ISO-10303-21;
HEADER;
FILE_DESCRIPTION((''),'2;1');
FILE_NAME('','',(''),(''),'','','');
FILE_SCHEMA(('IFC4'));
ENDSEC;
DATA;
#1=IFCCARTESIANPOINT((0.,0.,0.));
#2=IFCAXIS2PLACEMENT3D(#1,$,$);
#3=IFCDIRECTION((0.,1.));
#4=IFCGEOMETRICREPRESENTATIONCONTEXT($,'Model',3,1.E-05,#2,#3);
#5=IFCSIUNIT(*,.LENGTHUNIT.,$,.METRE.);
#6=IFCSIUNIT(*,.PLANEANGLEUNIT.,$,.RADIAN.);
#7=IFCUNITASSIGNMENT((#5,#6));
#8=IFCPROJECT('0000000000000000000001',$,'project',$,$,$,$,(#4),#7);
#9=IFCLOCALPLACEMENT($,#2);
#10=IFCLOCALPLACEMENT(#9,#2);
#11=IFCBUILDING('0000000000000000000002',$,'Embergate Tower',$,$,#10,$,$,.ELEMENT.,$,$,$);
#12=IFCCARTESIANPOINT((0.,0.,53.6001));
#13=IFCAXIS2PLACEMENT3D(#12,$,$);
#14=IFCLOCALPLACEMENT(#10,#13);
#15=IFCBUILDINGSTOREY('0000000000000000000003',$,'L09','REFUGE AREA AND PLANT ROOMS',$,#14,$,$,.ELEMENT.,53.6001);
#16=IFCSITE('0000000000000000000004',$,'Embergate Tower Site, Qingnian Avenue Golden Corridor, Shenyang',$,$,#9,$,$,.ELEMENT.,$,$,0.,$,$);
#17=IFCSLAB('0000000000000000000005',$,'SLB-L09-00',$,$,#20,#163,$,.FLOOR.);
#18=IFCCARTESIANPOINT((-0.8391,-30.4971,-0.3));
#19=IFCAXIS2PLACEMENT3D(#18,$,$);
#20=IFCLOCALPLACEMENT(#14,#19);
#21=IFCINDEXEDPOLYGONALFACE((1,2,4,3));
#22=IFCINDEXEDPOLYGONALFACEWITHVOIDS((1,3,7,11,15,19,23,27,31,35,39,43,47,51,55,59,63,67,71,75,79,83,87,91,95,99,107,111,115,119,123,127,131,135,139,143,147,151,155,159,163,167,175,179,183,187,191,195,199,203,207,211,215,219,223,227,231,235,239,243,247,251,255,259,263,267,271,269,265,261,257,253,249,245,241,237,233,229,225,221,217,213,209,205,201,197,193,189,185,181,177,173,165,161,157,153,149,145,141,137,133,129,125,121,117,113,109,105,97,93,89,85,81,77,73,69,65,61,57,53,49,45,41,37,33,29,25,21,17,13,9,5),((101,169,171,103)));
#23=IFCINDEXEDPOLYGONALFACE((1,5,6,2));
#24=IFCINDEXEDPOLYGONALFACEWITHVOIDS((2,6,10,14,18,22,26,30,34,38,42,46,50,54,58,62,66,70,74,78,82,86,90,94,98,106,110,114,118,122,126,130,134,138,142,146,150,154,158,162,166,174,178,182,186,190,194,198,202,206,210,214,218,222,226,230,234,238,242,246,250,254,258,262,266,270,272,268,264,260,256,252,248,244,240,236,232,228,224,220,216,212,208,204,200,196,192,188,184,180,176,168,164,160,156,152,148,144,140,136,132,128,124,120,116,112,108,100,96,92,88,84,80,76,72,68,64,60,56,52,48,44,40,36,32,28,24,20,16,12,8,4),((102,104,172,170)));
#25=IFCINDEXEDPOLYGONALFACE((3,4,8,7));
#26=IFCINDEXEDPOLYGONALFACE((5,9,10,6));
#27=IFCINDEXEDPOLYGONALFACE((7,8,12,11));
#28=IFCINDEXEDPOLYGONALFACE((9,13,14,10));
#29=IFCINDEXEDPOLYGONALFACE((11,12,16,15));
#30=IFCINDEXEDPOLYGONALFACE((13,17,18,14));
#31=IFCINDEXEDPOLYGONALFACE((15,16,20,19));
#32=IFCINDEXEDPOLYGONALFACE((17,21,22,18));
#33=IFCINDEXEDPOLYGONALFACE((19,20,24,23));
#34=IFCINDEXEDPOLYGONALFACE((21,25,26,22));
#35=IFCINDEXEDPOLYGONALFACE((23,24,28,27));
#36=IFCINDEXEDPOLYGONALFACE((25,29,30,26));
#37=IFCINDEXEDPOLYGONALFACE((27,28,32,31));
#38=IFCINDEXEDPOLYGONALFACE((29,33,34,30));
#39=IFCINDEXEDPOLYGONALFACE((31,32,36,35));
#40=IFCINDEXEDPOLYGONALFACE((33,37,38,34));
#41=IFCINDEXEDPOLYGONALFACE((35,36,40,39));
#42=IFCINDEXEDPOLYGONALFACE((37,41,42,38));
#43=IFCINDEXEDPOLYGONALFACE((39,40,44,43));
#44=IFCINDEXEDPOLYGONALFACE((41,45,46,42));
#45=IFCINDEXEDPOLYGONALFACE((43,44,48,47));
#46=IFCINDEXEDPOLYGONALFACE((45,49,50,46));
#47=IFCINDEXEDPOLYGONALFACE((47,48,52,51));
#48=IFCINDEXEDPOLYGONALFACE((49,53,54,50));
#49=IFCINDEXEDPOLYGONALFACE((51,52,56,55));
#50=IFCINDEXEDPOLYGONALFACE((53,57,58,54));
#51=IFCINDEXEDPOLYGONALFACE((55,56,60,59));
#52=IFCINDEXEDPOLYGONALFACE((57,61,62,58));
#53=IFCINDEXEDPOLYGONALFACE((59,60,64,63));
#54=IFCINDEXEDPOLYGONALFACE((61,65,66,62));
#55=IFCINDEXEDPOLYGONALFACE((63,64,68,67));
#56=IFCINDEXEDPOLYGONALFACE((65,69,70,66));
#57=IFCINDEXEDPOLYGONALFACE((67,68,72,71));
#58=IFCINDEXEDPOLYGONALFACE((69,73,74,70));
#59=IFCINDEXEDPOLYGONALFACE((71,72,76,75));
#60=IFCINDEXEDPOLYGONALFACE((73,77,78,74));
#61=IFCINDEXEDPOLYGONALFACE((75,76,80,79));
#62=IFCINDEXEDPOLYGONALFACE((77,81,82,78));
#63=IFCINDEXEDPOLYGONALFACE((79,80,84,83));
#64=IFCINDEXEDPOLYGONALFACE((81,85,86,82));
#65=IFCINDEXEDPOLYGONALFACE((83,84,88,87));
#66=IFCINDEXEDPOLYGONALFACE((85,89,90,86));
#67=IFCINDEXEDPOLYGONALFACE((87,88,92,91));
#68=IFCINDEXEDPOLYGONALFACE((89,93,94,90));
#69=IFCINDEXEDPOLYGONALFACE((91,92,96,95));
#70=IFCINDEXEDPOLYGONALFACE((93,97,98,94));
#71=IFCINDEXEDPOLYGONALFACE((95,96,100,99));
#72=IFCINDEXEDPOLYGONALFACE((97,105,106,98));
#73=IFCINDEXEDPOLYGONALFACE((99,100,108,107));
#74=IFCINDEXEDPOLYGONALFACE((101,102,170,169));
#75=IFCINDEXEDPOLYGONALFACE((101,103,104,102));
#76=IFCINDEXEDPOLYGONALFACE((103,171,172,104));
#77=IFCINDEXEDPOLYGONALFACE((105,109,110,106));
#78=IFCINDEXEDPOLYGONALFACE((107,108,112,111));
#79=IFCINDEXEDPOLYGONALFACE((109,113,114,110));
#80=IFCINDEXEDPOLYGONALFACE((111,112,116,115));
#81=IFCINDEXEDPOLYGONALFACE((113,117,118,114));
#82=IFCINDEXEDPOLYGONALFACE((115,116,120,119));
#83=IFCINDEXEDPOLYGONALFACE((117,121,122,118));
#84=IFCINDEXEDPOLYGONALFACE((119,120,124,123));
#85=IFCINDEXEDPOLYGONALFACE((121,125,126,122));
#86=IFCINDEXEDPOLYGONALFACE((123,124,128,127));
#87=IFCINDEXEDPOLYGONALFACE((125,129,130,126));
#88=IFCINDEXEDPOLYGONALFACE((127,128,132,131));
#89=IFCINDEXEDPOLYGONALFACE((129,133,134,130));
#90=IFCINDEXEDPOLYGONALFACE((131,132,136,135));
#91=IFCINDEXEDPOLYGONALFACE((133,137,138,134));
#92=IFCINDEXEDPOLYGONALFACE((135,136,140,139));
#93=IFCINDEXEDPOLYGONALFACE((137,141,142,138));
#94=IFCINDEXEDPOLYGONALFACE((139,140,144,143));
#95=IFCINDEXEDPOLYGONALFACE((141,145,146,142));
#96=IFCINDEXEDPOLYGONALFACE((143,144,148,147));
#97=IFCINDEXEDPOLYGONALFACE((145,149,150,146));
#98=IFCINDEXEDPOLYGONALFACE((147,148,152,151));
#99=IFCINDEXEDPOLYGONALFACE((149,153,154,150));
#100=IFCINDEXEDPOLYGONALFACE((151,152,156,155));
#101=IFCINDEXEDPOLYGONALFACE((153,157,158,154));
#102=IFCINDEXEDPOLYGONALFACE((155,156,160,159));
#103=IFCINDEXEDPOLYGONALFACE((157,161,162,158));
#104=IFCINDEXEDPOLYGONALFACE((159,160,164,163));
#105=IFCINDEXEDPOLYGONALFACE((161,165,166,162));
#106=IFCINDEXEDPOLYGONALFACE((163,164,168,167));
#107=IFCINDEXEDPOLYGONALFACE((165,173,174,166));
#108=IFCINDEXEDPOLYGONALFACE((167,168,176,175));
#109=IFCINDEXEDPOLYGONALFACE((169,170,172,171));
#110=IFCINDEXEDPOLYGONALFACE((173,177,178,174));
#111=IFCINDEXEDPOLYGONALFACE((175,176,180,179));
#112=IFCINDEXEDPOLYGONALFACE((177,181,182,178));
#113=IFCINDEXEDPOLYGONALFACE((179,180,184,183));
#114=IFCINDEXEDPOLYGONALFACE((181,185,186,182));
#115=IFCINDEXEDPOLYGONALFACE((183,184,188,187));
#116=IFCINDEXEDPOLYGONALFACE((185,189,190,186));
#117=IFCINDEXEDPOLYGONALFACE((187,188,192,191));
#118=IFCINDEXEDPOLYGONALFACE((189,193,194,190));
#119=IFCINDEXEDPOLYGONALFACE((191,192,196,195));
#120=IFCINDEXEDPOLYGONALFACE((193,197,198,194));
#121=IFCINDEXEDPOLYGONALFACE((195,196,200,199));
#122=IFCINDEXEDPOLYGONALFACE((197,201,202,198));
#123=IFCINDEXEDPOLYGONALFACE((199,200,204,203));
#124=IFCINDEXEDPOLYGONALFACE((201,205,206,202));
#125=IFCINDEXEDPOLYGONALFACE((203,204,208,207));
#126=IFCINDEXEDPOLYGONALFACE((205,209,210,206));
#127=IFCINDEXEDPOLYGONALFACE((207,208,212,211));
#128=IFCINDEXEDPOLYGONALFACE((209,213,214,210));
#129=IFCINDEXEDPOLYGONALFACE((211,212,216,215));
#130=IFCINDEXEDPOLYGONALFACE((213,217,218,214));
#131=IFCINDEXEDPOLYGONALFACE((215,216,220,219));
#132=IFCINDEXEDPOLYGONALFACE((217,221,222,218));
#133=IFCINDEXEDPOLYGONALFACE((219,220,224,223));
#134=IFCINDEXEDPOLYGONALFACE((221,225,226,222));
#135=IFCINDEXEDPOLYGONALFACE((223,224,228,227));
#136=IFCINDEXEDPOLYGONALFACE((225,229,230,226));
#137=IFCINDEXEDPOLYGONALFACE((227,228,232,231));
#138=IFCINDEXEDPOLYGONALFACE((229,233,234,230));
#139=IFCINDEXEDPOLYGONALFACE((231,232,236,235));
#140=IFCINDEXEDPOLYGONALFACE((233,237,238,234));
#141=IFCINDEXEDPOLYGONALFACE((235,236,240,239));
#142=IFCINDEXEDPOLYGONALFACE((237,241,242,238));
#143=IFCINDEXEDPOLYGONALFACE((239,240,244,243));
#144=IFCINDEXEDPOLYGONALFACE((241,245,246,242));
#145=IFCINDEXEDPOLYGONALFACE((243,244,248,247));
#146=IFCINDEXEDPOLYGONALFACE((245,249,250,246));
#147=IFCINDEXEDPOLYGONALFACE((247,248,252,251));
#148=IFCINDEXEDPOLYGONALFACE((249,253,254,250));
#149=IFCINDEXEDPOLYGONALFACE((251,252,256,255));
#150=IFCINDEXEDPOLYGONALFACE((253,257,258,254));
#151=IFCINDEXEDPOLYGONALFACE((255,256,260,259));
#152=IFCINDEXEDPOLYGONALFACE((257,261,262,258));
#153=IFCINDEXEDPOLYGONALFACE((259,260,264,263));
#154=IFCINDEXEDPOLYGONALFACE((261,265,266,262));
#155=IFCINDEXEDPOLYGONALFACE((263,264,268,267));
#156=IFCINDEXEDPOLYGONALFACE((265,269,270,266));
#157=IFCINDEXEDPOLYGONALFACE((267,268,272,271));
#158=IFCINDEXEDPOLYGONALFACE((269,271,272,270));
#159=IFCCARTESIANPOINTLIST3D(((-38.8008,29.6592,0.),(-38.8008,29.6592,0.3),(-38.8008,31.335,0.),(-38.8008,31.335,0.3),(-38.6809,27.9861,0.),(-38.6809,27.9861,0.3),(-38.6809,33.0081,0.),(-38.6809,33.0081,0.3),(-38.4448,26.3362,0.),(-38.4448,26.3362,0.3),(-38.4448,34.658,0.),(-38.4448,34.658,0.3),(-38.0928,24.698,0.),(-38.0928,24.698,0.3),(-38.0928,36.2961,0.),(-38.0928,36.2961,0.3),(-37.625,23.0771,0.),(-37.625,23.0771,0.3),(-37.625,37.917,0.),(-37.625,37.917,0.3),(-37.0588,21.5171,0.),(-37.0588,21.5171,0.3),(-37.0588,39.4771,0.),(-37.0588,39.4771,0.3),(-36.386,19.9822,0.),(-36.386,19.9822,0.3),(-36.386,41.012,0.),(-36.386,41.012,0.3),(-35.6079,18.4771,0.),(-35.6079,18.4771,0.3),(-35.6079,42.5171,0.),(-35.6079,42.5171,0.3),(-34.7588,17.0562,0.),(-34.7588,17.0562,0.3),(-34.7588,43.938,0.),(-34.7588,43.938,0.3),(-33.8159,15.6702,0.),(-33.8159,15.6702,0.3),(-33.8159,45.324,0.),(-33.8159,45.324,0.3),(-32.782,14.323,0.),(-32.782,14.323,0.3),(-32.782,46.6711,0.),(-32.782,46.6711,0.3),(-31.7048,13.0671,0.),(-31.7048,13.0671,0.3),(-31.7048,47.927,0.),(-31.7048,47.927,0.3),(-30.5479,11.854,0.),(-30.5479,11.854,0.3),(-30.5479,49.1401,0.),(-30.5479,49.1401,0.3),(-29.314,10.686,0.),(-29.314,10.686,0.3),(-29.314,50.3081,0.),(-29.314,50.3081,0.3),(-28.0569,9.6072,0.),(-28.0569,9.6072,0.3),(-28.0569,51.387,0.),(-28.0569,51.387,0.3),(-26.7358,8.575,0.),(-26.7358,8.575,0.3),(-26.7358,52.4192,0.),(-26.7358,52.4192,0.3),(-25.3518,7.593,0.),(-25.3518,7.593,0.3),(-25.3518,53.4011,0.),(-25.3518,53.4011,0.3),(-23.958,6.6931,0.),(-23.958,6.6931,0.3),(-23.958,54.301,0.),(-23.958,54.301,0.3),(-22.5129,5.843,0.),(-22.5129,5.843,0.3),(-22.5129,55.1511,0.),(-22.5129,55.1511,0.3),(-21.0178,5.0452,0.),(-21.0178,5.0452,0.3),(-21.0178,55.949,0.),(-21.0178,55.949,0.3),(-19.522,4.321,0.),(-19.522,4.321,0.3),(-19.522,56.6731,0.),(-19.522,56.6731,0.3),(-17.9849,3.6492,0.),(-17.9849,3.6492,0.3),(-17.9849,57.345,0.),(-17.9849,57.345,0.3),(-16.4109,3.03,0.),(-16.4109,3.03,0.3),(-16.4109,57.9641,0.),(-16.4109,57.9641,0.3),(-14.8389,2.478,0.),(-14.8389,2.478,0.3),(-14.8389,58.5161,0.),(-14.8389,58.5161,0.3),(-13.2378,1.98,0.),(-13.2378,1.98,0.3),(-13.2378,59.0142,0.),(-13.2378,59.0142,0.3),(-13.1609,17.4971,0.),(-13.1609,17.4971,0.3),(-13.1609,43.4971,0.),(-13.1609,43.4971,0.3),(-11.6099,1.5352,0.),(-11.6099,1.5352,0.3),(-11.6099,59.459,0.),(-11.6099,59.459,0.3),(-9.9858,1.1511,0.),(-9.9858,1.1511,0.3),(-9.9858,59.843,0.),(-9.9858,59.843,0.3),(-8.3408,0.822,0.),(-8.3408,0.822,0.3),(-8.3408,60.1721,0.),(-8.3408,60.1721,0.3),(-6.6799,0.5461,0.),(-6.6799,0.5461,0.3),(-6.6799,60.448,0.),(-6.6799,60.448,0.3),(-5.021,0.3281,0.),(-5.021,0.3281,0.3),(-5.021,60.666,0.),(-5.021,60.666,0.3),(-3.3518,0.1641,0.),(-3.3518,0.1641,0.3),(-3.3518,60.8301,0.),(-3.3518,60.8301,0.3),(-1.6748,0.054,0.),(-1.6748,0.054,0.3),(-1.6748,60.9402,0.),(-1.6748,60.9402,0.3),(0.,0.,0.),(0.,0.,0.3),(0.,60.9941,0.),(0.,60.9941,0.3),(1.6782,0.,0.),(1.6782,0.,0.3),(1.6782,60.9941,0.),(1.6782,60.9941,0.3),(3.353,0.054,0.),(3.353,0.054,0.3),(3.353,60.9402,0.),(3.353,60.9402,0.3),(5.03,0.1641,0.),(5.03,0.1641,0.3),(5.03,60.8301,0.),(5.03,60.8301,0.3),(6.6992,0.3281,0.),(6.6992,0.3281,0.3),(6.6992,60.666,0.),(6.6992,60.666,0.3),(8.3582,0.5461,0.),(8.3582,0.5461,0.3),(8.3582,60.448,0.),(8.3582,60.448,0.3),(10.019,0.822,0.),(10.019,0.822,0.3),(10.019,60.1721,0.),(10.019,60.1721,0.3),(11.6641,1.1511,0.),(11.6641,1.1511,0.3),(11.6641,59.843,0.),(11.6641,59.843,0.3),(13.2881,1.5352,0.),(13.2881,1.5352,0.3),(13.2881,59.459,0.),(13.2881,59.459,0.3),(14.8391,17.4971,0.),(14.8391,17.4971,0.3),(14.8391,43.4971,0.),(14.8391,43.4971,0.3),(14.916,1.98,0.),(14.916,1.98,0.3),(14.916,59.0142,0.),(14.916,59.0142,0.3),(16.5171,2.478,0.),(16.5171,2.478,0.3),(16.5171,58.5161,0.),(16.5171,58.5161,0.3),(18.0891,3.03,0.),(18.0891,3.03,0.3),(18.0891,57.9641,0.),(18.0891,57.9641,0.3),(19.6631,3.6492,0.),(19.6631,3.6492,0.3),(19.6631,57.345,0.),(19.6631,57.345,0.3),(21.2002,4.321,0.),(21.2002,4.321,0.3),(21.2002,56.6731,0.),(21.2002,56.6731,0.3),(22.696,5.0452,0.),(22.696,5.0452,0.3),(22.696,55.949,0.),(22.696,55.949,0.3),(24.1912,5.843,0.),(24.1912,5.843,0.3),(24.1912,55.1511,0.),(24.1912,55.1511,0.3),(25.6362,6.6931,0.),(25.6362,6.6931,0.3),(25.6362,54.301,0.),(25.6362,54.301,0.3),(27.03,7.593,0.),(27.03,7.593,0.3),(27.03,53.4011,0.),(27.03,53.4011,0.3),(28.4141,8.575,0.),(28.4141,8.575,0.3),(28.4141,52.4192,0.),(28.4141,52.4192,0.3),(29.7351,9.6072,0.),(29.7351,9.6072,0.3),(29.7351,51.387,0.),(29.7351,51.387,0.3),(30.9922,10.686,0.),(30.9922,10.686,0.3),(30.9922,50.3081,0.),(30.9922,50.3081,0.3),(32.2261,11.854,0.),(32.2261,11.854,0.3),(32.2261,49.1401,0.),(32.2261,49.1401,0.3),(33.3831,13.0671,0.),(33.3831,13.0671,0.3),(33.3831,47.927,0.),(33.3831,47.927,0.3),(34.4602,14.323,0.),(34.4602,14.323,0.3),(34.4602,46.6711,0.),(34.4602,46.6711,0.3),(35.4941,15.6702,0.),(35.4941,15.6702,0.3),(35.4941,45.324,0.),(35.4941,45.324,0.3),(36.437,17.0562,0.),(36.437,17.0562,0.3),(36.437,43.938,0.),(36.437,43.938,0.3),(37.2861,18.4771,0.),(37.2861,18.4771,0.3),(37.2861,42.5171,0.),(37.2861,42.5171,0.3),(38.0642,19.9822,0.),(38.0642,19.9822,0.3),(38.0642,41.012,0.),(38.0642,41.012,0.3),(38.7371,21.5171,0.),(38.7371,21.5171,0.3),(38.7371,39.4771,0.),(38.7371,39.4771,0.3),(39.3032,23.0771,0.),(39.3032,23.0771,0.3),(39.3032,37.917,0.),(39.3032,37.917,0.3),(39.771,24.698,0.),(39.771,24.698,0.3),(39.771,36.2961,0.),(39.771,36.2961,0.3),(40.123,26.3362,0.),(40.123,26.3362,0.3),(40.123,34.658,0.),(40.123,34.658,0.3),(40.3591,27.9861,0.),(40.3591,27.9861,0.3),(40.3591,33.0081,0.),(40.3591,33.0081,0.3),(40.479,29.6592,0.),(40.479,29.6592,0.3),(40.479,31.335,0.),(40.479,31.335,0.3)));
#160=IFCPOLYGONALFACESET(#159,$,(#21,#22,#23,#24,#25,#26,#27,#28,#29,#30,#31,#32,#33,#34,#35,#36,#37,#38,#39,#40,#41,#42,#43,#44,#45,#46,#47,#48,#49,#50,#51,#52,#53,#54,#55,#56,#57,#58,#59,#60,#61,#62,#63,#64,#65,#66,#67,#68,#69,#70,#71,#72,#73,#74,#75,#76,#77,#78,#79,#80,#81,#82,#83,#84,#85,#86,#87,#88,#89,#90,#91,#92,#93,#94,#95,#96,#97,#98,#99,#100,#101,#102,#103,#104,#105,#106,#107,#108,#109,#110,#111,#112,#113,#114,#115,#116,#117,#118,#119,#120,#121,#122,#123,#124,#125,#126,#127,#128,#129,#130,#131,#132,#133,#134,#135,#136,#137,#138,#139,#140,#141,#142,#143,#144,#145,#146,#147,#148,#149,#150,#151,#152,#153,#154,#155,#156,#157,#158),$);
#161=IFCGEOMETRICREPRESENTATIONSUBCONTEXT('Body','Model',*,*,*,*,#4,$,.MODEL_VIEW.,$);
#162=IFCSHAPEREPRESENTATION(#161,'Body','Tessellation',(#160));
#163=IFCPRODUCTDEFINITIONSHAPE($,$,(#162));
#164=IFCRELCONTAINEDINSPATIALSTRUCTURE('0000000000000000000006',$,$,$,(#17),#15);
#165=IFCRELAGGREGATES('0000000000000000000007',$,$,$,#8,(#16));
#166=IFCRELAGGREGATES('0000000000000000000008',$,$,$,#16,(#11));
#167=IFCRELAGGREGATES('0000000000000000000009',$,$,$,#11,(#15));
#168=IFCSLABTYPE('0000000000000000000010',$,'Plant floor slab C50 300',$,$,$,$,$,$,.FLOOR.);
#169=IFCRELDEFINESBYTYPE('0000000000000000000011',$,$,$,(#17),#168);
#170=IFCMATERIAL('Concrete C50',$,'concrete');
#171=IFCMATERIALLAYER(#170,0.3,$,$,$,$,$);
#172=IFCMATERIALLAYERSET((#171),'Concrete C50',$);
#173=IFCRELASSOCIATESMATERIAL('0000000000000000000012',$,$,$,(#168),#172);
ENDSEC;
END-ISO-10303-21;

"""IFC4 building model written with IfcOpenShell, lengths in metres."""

from ifc_helpers import new_model, si_unit, direction, frame, origin, place, context, subcontext, project, spatial, polyline, outline, extrude, source, transform, mapped, material, layer, layer_set, type_object, element, save


model = new_model("IFC4")

# Units and contexts
model_context = context("Model", 3, precision=1e-05, world=origin(), true_north=direction((0.0, 1.0)))
body_context = subcontext(model_context, "Body", "Model", "MODEL_VIEW")
ifc_project = project(units=[si_unit("LENGTHUNIT", "METRE"), si_unit("PLANEANGLEUNIT", "RADIAN")], contexts=[model_context])

# Site, building, storey
site_placement = place(None, origin())
site = spatial("IfcSite", under=ifc_project, at=site_placement, Name="Embergate Tower Site, Qingnian Avenue Golden Corridor, Shenyang", CompositionType="ELEMENT", RefElevation=0.0)
building_placement = place(site_placement, origin())
building = spatial("IfcBuilding", under=site, at=building_placement, Name="Embergate Tower", CompositionType="ELEMENT")
storey_placement = place(building_placement, frame((0.0, 0.0, 53.6001)))
storey = spatial("IfcBuildingStorey", under=building, at=storey_placement, Name="L09", Description="REFUGE AREA AND PLANT ROOMS", CompositionType="ELEMENT", Elevation=53.6001)

# Slab
ifc_material_1 = material(Name="Concrete C50", Category="concrete")
ifc_layer_1 = layer(ifc_material_1, 0.3)
ifc_layer_set_1 = layer_set([ifc_layer_1], Name="Concrete C50")
slab_type = type_object("IfcSlabType", Name="Plant floor slab C50 300", PredefinedType="FLOOR", material=ifc_layer_set_1)
shared_shape_1 = source(origin(), body_context, "Body", "SweptSolid", [
    extrude(outline(polyline([(0.0, 0.0), (1.6782, 0.0), (3.353, 0.054), (5.03, 0.1641), (6.6992, 0.3281), (8.3582, 0.5461), (10.019, 0.822), (11.6641, 1.1511), (13.2881, 1.5352), (14.916, 1.98), (16.5171, 2.478), (18.0891, 3.03), (19.6631, 3.6492), (21.2002, 4.321), (22.696, 5.0452), (24.1912, 5.843), (25.6362, 6.6931), (27.03, 7.593), (28.4141, 8.575), (29.7351, 9.6072), (30.9922, 10.686), (32.2261, 11.854), (33.3831, 13.0671), (34.4602, 14.323), (35.4941, 15.6702), (36.437, 17.0562), (37.2861, 18.4771), (38.0642, 19.9822), (38.7371, 21.5171), (39.3032, 23.0771), (39.771, 24.698), (40.123, 26.3362), (40.3591, 27.9861), (40.479, 29.6592), (40.479, 31.335), (40.3591, 33.0081), (40.123, 34.658), (39.771, 36.2961), (39.3032, 37.917), (38.7371, 39.4771), (38.0642, 41.012), (37.2861, 42.5171), (36.437, 43.938), (35.4941, 45.324), (34.4602, 46.6711), (33.3831, 47.927), (32.2261, 49.1401), (30.9922, 50.3081), (29.7351, 51.387), (28.4141, 52.4192), (27.03, 53.4011), (25.6362, 54.301), (24.1912, 55.1511), (22.696, 55.949), (21.2002, 56.6731), (19.6631, 57.345), (18.0891, 57.9641), (16.5171, 58.5161), (14.916, 59.0142), (13.2881, 59.459), (11.6641, 59.843), (10.019, 60.1721), (8.3582, 60.448), (6.6992, 60.666), (5.03, 60.8301), (3.353, 60.9402), (1.6782, 60.9941), (0.0, 60.9941), (-1.6748, 60.9402), (-3.3518, 60.8301), (-5.021, 60.666), (-6.6799, 60.448), (-8.3408, 60.1721), (-9.9858, 59.843), (-11.6099, 59.459), (-13.2378, 59.0142), (-14.8389, 58.5161), (-16.4109, 57.9641), (-17.9849, 57.345), (-19.522, 56.6731), (-21.0178, 55.949), (-22.5129, 55.1511), (-23.958, 54.301), (-25.3518, 53.4011), (-26.7358, 52.4192), (-28.0569, 51.387), (-29.314, 50.3081), (-30.5479, 49.1401), (-31.7048, 47.927), (-32.782, 46.6711), (-33.8159, 45.324), (-34.7588, 43.938), (-35.6079, 42.5171), (-36.386, 41.012), (-37.0588, 39.4771), (-37.625, 37.917), (-38.0928, 36.2961), (-38.4448, 34.658), (-38.6809, 33.0081), (-38.8008, 31.335), (-38.8008, 29.6592), (-38.6809, 27.9861), (-38.4448, 26.3362), (-38.0928, 24.698), (-37.625, 23.0771), (-37.0588, 21.5171), (-36.386, 19.9822), (-35.6079, 18.4771), (-34.7588, 17.0562), (-33.8159, 15.6702), (-32.782, 14.323), (-31.7048, 13.0671), (-30.5479, 11.854), (-29.314, 10.686), (-28.0569, 9.6072), (-26.7358, 8.575), (-25.3518, 7.593), (-23.958, 6.6931), (-22.5129, 5.843), (-21.0178, 5.0452), (-19.522, 4.321), (-17.9849, 3.6492), (-16.4109, 3.03), (-14.8389, 2.478), (-13.2378, 1.98), (-11.6099, 1.5352), (-9.9858, 1.1511), (-8.3408, 0.822), (-6.6799, 0.5461), (-5.021, 0.3281), (-3.3518, 0.1641), (-1.6748, 0.054), (0.0, 0.0)]), holes=[polyline([(-13.1609, 17.4971), (-13.1609, 43.4971), (14.8391, 43.4971), (14.8391, 17.4971), (-13.1609, 17.4971)])]), origin(), (0.0, 0.0, 1.0), 0.3),
])
slab_placement = place(storey_placement, frame((-0.8391, -30.4971, -0.3)))
element("IfcSlab", 1, at=slab_placement, inside=storey, type_object=slab_type, Name="SLB-L09-00", PredefinedType="FLOOR", context=body_context, shape_type="MappedRepresentation", body=[
    mapped(shared_shape_1, transform((0.0, 0.0, 0.0))),
])

save(model, "model.ifc")
